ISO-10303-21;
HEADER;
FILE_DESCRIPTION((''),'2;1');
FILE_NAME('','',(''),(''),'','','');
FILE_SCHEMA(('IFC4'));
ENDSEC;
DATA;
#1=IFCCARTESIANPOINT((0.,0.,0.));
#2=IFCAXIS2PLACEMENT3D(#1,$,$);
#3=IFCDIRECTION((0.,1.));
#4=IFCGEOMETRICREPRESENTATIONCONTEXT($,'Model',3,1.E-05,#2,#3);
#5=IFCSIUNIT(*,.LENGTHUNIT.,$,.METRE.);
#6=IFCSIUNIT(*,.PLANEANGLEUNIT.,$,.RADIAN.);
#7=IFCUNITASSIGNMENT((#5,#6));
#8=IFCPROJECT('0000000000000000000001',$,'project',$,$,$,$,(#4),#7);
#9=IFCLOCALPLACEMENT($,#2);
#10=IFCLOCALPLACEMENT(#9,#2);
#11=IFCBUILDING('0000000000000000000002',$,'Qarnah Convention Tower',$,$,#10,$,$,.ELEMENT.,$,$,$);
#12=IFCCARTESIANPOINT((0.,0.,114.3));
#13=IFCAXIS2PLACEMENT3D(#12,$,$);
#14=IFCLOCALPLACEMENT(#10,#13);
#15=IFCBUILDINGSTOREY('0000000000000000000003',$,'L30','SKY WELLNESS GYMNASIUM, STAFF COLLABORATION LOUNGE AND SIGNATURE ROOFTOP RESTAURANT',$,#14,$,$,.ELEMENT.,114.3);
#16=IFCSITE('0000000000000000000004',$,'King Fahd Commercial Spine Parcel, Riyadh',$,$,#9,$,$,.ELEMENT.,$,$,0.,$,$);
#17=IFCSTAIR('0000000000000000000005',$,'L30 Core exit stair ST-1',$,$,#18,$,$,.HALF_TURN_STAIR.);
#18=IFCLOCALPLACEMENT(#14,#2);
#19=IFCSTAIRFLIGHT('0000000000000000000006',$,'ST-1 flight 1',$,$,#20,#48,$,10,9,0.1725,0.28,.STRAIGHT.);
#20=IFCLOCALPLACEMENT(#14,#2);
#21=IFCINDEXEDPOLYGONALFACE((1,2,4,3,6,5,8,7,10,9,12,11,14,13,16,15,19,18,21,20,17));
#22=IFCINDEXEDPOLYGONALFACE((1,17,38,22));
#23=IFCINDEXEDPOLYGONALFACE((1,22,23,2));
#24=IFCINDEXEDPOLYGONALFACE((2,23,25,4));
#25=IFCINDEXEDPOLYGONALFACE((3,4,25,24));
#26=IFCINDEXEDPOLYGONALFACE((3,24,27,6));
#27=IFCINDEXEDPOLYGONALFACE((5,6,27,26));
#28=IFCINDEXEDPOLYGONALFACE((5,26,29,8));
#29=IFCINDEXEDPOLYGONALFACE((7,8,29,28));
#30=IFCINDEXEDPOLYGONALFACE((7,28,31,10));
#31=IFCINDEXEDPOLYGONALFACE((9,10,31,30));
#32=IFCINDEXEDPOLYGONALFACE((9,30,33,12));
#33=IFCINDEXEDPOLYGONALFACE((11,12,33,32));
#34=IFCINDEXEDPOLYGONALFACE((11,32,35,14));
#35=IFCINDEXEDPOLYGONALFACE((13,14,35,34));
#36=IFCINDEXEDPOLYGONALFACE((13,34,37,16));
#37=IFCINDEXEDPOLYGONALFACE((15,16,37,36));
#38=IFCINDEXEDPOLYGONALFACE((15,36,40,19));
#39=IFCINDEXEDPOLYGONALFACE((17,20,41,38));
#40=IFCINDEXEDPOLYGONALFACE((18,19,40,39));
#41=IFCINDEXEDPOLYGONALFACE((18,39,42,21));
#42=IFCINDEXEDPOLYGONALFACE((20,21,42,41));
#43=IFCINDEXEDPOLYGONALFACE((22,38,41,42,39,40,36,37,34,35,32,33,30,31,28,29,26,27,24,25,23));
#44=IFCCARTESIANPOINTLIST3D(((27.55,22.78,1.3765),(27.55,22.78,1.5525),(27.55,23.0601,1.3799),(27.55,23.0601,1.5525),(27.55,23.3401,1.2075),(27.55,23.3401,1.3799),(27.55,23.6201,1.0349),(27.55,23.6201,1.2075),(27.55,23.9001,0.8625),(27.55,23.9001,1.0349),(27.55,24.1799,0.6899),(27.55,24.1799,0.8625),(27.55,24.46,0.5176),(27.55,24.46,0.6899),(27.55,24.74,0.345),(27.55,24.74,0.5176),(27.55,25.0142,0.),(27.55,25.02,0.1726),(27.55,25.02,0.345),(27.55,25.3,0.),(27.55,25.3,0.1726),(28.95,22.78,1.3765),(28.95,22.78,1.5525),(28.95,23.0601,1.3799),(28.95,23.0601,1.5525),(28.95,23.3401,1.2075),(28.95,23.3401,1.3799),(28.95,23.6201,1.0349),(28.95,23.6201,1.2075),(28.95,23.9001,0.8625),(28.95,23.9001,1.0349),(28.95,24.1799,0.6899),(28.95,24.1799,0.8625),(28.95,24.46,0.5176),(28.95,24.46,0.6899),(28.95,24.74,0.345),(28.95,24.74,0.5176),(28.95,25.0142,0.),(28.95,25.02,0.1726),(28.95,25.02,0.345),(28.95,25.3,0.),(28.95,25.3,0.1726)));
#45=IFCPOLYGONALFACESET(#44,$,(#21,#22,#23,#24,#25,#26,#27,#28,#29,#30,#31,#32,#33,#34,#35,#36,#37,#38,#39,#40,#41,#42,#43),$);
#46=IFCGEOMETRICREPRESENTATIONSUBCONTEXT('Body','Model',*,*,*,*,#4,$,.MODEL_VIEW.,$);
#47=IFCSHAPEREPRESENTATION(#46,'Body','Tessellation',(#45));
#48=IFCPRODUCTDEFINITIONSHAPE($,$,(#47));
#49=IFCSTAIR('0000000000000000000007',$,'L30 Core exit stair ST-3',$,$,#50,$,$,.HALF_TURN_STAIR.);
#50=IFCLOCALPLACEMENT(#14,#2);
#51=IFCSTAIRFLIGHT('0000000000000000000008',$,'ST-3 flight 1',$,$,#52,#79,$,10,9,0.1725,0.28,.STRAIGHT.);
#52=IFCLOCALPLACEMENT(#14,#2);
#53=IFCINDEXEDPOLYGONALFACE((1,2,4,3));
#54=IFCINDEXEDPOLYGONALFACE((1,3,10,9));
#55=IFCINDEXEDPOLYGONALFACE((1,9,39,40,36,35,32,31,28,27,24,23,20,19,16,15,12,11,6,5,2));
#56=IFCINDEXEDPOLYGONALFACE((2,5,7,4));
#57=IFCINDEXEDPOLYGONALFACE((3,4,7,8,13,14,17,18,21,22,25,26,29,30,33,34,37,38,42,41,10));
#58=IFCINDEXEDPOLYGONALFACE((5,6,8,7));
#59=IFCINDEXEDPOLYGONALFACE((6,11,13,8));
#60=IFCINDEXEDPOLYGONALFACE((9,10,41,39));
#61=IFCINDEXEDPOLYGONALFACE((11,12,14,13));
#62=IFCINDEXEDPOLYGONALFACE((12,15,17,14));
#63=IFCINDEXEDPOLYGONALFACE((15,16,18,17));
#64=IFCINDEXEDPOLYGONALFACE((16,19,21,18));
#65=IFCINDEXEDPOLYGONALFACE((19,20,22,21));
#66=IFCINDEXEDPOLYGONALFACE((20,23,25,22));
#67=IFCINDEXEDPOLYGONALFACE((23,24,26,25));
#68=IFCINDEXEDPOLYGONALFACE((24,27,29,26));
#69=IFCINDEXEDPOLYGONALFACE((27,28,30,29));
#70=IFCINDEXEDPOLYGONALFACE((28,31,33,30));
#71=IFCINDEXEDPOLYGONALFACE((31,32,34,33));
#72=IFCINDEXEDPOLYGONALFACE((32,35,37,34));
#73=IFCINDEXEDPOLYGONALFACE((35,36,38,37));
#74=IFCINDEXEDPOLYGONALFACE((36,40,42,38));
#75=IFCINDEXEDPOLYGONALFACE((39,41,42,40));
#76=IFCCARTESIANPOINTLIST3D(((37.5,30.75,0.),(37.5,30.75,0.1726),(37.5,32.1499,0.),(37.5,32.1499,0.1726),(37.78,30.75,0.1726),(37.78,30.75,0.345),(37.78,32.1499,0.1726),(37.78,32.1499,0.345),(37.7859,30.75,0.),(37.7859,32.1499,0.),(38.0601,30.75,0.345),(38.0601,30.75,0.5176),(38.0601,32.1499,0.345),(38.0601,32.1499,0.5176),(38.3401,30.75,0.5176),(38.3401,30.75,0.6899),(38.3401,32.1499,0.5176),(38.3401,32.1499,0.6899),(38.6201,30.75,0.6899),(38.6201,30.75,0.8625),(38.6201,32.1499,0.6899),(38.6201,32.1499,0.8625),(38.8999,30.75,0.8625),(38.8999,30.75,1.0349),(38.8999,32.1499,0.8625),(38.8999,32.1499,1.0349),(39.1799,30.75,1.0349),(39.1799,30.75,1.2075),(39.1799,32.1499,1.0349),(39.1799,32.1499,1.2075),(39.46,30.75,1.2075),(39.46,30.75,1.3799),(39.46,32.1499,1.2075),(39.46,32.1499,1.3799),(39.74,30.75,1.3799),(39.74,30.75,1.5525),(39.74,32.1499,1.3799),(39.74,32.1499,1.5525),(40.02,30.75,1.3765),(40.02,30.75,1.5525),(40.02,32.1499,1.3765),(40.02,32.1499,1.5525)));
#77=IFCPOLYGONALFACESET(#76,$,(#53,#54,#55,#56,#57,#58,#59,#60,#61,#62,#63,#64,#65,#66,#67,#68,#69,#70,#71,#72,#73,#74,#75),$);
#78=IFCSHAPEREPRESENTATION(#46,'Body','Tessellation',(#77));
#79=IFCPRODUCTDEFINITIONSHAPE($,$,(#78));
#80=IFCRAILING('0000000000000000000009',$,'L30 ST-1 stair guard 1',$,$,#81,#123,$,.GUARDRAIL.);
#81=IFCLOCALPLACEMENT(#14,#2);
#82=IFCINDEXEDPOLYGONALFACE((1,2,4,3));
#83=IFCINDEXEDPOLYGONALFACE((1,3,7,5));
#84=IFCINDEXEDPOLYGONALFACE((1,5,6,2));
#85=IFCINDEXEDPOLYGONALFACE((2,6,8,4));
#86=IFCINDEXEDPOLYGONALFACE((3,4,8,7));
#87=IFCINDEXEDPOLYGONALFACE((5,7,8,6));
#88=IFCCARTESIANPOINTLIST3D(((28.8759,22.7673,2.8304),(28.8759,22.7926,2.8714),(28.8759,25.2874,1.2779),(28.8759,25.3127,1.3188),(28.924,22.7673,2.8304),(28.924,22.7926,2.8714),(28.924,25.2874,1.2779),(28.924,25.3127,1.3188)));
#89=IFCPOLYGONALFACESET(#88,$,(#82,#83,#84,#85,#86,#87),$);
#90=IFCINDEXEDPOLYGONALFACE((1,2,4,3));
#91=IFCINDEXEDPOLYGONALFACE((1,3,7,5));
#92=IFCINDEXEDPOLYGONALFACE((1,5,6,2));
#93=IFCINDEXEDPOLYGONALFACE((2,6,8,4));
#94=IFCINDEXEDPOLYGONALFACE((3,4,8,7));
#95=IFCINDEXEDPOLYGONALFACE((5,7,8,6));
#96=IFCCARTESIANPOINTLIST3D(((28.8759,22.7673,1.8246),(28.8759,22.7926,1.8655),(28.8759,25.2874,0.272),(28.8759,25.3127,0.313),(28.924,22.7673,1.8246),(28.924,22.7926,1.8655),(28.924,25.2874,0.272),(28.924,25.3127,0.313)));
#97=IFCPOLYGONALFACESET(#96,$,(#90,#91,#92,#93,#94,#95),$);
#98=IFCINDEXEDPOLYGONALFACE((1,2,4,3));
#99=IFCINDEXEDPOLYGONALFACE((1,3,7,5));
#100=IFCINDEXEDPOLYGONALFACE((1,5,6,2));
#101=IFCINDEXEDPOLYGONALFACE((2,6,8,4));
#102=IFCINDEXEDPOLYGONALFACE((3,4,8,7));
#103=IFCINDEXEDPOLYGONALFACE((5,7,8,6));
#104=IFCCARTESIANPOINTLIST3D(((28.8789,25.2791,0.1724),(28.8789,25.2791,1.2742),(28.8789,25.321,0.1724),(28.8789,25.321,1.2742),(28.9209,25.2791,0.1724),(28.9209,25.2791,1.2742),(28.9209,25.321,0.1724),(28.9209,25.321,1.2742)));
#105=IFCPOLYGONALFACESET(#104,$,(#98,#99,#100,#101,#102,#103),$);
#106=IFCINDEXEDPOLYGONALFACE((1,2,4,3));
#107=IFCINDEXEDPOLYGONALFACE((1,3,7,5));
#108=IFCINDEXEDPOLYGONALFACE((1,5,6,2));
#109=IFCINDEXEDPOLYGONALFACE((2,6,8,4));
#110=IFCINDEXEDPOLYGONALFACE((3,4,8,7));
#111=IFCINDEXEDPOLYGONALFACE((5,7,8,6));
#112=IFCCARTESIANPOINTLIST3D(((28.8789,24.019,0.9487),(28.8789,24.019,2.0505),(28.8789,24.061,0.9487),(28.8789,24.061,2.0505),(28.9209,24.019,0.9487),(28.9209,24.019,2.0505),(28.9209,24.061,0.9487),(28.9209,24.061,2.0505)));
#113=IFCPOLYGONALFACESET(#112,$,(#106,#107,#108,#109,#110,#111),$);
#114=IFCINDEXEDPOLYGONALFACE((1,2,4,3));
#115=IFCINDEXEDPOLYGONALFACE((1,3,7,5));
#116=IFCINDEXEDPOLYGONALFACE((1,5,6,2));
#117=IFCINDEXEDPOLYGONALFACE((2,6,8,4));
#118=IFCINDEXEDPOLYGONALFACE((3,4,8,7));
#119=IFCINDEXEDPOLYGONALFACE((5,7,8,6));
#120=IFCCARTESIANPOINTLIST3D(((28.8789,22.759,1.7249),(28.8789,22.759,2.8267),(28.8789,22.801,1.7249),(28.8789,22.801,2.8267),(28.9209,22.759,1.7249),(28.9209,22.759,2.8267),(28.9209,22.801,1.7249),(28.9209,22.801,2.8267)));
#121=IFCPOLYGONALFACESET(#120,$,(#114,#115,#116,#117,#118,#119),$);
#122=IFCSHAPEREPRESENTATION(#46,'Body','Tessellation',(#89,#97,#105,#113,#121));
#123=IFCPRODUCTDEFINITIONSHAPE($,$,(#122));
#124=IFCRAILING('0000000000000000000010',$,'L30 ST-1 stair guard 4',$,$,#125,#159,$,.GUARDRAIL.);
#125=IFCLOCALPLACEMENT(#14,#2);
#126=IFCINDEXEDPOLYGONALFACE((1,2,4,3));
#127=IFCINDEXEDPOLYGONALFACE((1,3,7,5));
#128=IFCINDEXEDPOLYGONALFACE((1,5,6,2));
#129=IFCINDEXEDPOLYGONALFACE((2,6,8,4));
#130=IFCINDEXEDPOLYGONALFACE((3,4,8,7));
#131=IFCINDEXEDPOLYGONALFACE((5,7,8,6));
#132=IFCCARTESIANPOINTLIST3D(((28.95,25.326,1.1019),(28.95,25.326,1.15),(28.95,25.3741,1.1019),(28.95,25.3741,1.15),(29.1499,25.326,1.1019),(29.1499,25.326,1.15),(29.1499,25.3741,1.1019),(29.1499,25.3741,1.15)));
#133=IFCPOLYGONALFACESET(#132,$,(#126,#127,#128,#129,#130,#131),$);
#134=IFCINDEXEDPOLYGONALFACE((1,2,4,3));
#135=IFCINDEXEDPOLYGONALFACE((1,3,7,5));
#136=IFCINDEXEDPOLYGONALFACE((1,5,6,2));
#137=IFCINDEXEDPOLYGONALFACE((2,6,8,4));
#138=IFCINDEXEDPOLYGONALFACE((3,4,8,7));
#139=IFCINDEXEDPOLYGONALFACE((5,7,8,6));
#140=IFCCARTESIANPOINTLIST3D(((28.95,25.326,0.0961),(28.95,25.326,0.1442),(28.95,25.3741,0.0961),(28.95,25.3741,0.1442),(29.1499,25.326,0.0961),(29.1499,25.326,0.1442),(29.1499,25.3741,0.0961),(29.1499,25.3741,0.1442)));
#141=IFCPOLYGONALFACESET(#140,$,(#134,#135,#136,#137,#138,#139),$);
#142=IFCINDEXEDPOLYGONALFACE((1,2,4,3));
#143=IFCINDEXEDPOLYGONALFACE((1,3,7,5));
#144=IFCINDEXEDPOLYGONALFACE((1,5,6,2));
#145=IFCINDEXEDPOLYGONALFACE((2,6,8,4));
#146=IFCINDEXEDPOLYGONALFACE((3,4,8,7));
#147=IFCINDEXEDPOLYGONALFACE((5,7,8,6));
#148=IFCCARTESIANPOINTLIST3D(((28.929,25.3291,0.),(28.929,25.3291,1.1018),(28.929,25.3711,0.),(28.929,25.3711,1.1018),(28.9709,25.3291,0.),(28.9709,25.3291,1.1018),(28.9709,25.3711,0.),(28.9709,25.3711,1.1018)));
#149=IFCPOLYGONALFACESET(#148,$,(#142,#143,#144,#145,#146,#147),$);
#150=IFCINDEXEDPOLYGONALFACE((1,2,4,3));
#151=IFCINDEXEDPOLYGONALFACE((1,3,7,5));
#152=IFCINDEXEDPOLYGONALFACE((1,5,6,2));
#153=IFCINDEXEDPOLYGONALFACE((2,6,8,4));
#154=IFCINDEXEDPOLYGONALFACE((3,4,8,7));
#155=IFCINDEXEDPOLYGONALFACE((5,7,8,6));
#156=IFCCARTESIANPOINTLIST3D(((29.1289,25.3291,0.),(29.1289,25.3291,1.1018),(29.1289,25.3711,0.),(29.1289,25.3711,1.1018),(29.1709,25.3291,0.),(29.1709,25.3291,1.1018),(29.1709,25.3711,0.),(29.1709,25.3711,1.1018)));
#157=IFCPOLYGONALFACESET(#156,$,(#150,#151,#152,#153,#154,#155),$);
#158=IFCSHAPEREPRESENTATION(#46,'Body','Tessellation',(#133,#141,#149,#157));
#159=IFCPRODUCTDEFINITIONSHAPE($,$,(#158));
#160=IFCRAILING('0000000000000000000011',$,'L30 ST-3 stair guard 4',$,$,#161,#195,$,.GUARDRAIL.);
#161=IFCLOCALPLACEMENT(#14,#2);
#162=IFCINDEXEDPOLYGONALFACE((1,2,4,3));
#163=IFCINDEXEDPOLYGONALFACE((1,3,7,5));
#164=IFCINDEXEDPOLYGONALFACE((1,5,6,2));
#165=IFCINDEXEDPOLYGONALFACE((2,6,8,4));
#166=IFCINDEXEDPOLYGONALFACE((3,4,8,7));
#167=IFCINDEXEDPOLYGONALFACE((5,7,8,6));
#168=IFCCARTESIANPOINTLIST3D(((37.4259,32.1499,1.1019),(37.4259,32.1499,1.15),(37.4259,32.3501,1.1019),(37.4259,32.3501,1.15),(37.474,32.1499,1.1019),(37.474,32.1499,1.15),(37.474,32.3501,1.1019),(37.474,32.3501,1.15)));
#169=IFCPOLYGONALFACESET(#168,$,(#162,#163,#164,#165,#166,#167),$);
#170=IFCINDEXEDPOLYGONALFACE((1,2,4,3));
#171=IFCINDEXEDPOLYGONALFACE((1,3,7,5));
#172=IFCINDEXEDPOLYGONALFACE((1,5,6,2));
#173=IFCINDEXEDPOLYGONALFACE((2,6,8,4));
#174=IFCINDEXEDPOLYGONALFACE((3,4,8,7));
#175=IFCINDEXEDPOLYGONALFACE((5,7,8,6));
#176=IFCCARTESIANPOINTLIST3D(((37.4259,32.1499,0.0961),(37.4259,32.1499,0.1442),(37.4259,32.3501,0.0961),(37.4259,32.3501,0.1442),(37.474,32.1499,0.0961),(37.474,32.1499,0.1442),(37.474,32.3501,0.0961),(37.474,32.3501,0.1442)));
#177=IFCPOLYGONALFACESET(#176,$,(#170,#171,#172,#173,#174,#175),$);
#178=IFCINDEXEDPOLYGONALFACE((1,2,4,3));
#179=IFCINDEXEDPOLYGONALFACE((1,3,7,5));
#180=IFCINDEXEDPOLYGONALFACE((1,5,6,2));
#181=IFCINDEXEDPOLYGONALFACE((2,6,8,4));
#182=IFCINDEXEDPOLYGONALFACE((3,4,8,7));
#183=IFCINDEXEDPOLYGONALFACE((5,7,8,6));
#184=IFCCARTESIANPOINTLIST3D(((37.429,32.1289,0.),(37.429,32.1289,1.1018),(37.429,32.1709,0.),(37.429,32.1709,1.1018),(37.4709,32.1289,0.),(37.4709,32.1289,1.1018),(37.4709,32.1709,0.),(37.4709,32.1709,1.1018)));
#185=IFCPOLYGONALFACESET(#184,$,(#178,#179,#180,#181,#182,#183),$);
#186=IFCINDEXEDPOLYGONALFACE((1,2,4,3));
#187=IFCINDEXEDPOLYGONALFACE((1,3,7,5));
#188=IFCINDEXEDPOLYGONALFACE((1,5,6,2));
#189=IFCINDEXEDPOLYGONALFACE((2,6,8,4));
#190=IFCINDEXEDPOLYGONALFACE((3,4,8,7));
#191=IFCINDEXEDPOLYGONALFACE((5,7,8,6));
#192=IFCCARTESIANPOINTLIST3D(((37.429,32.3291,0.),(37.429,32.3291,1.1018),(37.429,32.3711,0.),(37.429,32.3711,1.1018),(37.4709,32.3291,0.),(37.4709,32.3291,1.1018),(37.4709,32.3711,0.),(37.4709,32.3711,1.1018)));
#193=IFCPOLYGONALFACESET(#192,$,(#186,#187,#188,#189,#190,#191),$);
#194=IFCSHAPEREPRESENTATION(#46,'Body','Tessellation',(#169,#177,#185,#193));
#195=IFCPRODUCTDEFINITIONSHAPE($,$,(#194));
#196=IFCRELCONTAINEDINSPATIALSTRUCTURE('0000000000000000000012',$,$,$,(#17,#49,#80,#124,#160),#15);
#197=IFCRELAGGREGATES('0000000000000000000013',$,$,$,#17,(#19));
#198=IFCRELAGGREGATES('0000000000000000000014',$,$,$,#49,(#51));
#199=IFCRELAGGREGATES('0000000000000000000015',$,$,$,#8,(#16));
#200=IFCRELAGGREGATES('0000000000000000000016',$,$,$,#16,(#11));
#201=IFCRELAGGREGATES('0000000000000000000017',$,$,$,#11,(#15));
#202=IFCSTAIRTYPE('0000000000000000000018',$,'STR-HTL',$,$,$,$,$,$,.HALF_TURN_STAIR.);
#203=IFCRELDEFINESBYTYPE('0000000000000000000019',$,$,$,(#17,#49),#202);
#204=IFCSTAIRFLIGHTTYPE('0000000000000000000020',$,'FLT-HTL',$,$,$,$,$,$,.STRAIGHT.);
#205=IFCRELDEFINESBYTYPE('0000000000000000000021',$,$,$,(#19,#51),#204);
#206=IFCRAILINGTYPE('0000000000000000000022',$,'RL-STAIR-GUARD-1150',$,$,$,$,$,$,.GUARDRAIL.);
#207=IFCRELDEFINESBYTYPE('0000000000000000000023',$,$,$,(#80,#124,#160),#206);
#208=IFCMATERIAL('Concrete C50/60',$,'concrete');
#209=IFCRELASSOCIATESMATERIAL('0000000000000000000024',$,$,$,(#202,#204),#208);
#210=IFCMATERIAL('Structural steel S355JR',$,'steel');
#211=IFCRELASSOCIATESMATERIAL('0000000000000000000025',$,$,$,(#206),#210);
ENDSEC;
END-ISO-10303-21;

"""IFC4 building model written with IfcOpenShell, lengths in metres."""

from ifc_helpers import new_model, si_unit, direction, frame, origin, origin_2d, place, context, subcontext, project, spatial, polyline, rectangle, outline, extrude, material, type_object, element, aggregate, save


model = new_model("IFC4")

# Units and contexts
model_context = context("Model", 3, precision=1e-05, world=origin(), true_north=direction((0.0, 1.0)))
body_context = subcontext(model_context, "Body", "Model", "MODEL_VIEW")
ifc_project = project(units=[si_unit("LENGTHUNIT", "METRE"), si_unit("PLANEANGLEUNIT", "RADIAN")], contexts=[model_context])

# Site, building, storey
site_placement = place(None, origin())
site = spatial("IfcSite", under=ifc_project, at=site_placement, Name="King Fahd Commercial Spine Parcel, Riyadh", CompositionType="ELEMENT", RefElevation=0.0)
building_placement = place(site_placement, origin())
building = spatial("IfcBuilding", under=site, at=building_placement, Name="Qarnah Convention Tower", CompositionType="ELEMENT")
storey_placement = place(building_placement, frame((0.0, 0.0, 114.3)))
storey = spatial("IfcBuildingStorey", under=building, at=storey_placement, Name="L30", Description="SKY WELLNESS GYMNASIUM, STAFF COLLABORATION LOUNGE AND SIGNATURE ROOFTOP RESTAURANT", CompositionType="ELEMENT", Elevation=114.3)

# Shared definitions
ifc_material_1 = material(Name="Structural steel S355JR", Category="steel")

# Stairs, stair flights
ifc_material_2 = material(Name="Concrete C50/60", Category="concrete")
stair_type = type_object("IfcStairType", Name="STR-HTL", PredefinedType="HALF_TURN_STAIR", material=ifc_material_2)
stair_1_placement = place(storey_placement, origin())
stair_1 = element("IfcStair", 1, at=stair_1_placement, inside=storey, type_object=stair_type, Name="L30 Core exit stair ST-1", PredefinedType="HALF_TURN_STAIR")
stair_flight_type = type_object("IfcStairFlightType", Name="FLT-HTL", PredefinedType="STRAIGHT", material=ifc_material_2)
stair_flight_1_placement = place(storey_placement, frame((28.25, 25.3, 0.0), z_axis=(0.0, 0.0, 1.0), x_axis=(0.0, -1.0, 0.0)))
stair_flight_1 = element("IfcStairFlight", 2, at=stair_flight_1_placement, type_object=stair_flight_type, Name="ST-1 flight 1", NumberOfRisers=10, NumberOfTreads=9, PredefinedType="STRAIGHT", RiserHeight=0.1725, TreadLength=0.28, context=body_context, shape_type="SweptSolid", body=[
    extrude(outline(polyline([(0.0, 0.0), (0.0, 0.1726), (0.28, 0.1726), (0.28, 0.345), (0.5601, 0.345), (0.5601, 0.5176), (0.8401, 0.5176), (0.8401, 0.6899), (1.1201, 0.6899), (1.1201, 0.8625), (1.3999, 0.8625), (1.3999, 1.0349), (1.6799, 1.0349), (1.6799, 1.2075), (1.96, 1.2075), (1.96, 1.3799), (2.24, 1.3799), (2.24, 1.5525), (2.52, 1.5525), (2.52, 1.7251), (2.52, 1.3765), (0.2859, 0.0), (0.0, 0.0)])), frame((0.0, 0.7, 0.0), z_axis=(0.0, -1.0, 0.0), x_axis=(1.0, 0.0, 0.0)), (0.0, 0.0, 1.0), 1.3999),
])
aggregate(stair_1, [stair_flight_1])
stair_2_placement = place(storey_placement, origin())
stair_2 = element("IfcStair", 3, at=stair_2_placement, inside=storey, type_object=stair_type, Name="L30 Core exit stair ST-3", PredefinedType="HALF_TURN_STAIR")
stair_flight_2_placement = place(storey_placement, frame((37.5, 31.45, 0.0), z_axis=(0.0, 0.0, 1.0), x_axis=(1.0, 0.0, 0.0)))
stair_flight_2 = element("IfcStairFlight", 4, at=stair_flight_2_placement, type_object=stair_flight_type, Name="ST-3 flight 1", NumberOfRisers=10, NumberOfTreads=9, PredefinedType="STRAIGHT", RiserHeight=0.1725, TreadLength=0.28, context=body_context, shape_type="SweptSolid", body=[
    extrude(outline(polyline([(0.0, 0.0), (0.0, 0.1726), (0.28, 0.1726), (0.28, 0.345), (0.5601, 0.345), (0.5601, 0.5176), (0.8401, 0.5176), (0.8401, 0.6899), (1.1201, 0.6899), (1.1201, 0.8625), (1.3999, 0.8625), (1.3999, 1.0349), (1.6799, 1.0349), (1.6799, 1.2075), (1.96, 1.2075), (1.96, 1.3799), (2.24, 1.3799), (2.24, 1.5525), (2.52, 1.5525), (2.52, 1.7251), (2.52, 1.3765), (0.2859, 0.0), (0.0, 0.0)])), frame((0.0, 0.7, 0.0), z_axis=(0.0, -1.0, 0.0), x_axis=(1.0, 0.0, 0.0)), (0.0, 0.0, 1.0), 1.3999),
])
aggregate(stair_2, [stair_flight_2])

# Railings
railing_type = type_object("IfcRailingType", Name="RL-STAIR-GUARD-1150", PredefinedType="GUARDRAIL", material=ifc_material_1)
railing_1_placement = place(storey_placement, frame((28.8999, 25.3, 0.1724)))
element("IfcRailing", 5, at=railing_1_placement, inside=storey, type_object=railing_type, Name="L30 ST-1 stair guard 1", PredefinedType="GUARDRAIL", context=body_context, shape_type="SweptSolid", body=[
    extrude(rectangle(XDim=0.0481, YDim=0.0481, at=origin_2d()), frame((0.0, 0.0, 1.126), z_axis=(0.0, -0.8514, 0.524516), x_axis=(1.0, 0.0, 0.0)), (0.0, 0.0, 1.0), 2.96),
    extrude(rectangle(XDim=0.0481, YDim=0.0481, at=origin_2d()), frame((0.0, 0.0, 0.1201), z_axis=(0.0, -0.8514, 0.524516), x_axis=(1.0, 0.0, 0.0)), (0.0, 0.0, 1.0), 2.96),
    extrude(rectangle(XDim=0.042, YDim=0.042, at=origin_2d()), origin(), (0.0, 0.0, 1.0), 1.1018),
    extrude(rectangle(XDim=0.042, YDim=0.042, at=origin_2d()), frame((0.0, -1.26, 0.7764)), (0.0, 0.0, 1.0), 1.1018),
    extrude(rectangle(XDim=0.042, YDim=0.042, at=origin_2d()), frame((0.0, -2.52, 1.5525)), (0.0, 0.0, 1.0), 1.1018),
])
railing_2_placement = place(storey_placement, frame((28.95, 25.3501, 0.0)))
element("IfcRailing", 6, at=railing_2_placement, inside=storey, type_object=railing_type, Name="L30 ST-1 stair guard 4", PredefinedType="GUARDRAIL", context=body_context, shape_type="SweptSolid", body=[
    extrude(rectangle(XDim=0.0481, YDim=0.0481, at=origin_2d()), frame((0.0, 0.0, 1.126), z_axis=(1.0, 0.0, 0.0), x_axis=(0.0, 1.0, 0.0)), (0.0, 0.0, 1.0), 0.2),
    extrude(rectangle(XDim=0.0481, YDim=0.0481, at=origin_2d()), frame((0.0, 0.0, 0.1201), z_axis=(1.0, 0.0, 0.0), x_axis=(0.0, 1.0, 0.0)), (0.0, 0.0, 1.0), 0.2),
    extrude(rectangle(XDim=0.042, YDim=0.042, at=origin_2d()), origin(), (0.0, 0.0, 1.0), 1.1018),
    extrude(rectangle(XDim=0.042, YDim=0.042, at=origin_2d()), frame((0.2, 0.0, 0.0)), (0.0, 0.0, 1.0), 1.1018),
])
railing_3_placement = place(storey_placement, frame((37.45, 32.1499, 0.0)))
element("IfcRailing", 7, at=railing_3_placement, inside=storey, type_object=railing_type, Name="L30 ST-3 stair guard 4", PredefinedType="GUARDRAIL", context=body_context, shape_type="SweptSolid", body=[
    extrude(rectangle(XDim=0.0481, YDim=0.0481, at=origin_2d()), frame((0.0, 0.0, 1.126), z_axis=(0.0, 1.0, 0.0), x_axis=(-1.0, 0.0, 0.0)), (0.0, 0.0, 1.0), 0.2002),
    extrude(rectangle(XDim=0.0481, YDim=0.0481, at=origin_2d()), frame((0.0, 0.0, 0.1201), z_axis=(0.0, 1.0, 0.0), x_axis=(-1.0, 0.0, 0.0)), (0.0, 0.0, 1.0), 0.2002),
    extrude(rectangle(XDim=0.042, YDim=0.042, at=origin_2d()), origin(), (0.0, 0.0, 1.0), 1.1018),
    extrude(rectangle(XDim=0.042, YDim=0.042, at=origin_2d()), frame((0.0, 0.2002, 0.0)), (0.0, 0.0, 1.0), 1.1018),
])

save(model, "model.ifc")
